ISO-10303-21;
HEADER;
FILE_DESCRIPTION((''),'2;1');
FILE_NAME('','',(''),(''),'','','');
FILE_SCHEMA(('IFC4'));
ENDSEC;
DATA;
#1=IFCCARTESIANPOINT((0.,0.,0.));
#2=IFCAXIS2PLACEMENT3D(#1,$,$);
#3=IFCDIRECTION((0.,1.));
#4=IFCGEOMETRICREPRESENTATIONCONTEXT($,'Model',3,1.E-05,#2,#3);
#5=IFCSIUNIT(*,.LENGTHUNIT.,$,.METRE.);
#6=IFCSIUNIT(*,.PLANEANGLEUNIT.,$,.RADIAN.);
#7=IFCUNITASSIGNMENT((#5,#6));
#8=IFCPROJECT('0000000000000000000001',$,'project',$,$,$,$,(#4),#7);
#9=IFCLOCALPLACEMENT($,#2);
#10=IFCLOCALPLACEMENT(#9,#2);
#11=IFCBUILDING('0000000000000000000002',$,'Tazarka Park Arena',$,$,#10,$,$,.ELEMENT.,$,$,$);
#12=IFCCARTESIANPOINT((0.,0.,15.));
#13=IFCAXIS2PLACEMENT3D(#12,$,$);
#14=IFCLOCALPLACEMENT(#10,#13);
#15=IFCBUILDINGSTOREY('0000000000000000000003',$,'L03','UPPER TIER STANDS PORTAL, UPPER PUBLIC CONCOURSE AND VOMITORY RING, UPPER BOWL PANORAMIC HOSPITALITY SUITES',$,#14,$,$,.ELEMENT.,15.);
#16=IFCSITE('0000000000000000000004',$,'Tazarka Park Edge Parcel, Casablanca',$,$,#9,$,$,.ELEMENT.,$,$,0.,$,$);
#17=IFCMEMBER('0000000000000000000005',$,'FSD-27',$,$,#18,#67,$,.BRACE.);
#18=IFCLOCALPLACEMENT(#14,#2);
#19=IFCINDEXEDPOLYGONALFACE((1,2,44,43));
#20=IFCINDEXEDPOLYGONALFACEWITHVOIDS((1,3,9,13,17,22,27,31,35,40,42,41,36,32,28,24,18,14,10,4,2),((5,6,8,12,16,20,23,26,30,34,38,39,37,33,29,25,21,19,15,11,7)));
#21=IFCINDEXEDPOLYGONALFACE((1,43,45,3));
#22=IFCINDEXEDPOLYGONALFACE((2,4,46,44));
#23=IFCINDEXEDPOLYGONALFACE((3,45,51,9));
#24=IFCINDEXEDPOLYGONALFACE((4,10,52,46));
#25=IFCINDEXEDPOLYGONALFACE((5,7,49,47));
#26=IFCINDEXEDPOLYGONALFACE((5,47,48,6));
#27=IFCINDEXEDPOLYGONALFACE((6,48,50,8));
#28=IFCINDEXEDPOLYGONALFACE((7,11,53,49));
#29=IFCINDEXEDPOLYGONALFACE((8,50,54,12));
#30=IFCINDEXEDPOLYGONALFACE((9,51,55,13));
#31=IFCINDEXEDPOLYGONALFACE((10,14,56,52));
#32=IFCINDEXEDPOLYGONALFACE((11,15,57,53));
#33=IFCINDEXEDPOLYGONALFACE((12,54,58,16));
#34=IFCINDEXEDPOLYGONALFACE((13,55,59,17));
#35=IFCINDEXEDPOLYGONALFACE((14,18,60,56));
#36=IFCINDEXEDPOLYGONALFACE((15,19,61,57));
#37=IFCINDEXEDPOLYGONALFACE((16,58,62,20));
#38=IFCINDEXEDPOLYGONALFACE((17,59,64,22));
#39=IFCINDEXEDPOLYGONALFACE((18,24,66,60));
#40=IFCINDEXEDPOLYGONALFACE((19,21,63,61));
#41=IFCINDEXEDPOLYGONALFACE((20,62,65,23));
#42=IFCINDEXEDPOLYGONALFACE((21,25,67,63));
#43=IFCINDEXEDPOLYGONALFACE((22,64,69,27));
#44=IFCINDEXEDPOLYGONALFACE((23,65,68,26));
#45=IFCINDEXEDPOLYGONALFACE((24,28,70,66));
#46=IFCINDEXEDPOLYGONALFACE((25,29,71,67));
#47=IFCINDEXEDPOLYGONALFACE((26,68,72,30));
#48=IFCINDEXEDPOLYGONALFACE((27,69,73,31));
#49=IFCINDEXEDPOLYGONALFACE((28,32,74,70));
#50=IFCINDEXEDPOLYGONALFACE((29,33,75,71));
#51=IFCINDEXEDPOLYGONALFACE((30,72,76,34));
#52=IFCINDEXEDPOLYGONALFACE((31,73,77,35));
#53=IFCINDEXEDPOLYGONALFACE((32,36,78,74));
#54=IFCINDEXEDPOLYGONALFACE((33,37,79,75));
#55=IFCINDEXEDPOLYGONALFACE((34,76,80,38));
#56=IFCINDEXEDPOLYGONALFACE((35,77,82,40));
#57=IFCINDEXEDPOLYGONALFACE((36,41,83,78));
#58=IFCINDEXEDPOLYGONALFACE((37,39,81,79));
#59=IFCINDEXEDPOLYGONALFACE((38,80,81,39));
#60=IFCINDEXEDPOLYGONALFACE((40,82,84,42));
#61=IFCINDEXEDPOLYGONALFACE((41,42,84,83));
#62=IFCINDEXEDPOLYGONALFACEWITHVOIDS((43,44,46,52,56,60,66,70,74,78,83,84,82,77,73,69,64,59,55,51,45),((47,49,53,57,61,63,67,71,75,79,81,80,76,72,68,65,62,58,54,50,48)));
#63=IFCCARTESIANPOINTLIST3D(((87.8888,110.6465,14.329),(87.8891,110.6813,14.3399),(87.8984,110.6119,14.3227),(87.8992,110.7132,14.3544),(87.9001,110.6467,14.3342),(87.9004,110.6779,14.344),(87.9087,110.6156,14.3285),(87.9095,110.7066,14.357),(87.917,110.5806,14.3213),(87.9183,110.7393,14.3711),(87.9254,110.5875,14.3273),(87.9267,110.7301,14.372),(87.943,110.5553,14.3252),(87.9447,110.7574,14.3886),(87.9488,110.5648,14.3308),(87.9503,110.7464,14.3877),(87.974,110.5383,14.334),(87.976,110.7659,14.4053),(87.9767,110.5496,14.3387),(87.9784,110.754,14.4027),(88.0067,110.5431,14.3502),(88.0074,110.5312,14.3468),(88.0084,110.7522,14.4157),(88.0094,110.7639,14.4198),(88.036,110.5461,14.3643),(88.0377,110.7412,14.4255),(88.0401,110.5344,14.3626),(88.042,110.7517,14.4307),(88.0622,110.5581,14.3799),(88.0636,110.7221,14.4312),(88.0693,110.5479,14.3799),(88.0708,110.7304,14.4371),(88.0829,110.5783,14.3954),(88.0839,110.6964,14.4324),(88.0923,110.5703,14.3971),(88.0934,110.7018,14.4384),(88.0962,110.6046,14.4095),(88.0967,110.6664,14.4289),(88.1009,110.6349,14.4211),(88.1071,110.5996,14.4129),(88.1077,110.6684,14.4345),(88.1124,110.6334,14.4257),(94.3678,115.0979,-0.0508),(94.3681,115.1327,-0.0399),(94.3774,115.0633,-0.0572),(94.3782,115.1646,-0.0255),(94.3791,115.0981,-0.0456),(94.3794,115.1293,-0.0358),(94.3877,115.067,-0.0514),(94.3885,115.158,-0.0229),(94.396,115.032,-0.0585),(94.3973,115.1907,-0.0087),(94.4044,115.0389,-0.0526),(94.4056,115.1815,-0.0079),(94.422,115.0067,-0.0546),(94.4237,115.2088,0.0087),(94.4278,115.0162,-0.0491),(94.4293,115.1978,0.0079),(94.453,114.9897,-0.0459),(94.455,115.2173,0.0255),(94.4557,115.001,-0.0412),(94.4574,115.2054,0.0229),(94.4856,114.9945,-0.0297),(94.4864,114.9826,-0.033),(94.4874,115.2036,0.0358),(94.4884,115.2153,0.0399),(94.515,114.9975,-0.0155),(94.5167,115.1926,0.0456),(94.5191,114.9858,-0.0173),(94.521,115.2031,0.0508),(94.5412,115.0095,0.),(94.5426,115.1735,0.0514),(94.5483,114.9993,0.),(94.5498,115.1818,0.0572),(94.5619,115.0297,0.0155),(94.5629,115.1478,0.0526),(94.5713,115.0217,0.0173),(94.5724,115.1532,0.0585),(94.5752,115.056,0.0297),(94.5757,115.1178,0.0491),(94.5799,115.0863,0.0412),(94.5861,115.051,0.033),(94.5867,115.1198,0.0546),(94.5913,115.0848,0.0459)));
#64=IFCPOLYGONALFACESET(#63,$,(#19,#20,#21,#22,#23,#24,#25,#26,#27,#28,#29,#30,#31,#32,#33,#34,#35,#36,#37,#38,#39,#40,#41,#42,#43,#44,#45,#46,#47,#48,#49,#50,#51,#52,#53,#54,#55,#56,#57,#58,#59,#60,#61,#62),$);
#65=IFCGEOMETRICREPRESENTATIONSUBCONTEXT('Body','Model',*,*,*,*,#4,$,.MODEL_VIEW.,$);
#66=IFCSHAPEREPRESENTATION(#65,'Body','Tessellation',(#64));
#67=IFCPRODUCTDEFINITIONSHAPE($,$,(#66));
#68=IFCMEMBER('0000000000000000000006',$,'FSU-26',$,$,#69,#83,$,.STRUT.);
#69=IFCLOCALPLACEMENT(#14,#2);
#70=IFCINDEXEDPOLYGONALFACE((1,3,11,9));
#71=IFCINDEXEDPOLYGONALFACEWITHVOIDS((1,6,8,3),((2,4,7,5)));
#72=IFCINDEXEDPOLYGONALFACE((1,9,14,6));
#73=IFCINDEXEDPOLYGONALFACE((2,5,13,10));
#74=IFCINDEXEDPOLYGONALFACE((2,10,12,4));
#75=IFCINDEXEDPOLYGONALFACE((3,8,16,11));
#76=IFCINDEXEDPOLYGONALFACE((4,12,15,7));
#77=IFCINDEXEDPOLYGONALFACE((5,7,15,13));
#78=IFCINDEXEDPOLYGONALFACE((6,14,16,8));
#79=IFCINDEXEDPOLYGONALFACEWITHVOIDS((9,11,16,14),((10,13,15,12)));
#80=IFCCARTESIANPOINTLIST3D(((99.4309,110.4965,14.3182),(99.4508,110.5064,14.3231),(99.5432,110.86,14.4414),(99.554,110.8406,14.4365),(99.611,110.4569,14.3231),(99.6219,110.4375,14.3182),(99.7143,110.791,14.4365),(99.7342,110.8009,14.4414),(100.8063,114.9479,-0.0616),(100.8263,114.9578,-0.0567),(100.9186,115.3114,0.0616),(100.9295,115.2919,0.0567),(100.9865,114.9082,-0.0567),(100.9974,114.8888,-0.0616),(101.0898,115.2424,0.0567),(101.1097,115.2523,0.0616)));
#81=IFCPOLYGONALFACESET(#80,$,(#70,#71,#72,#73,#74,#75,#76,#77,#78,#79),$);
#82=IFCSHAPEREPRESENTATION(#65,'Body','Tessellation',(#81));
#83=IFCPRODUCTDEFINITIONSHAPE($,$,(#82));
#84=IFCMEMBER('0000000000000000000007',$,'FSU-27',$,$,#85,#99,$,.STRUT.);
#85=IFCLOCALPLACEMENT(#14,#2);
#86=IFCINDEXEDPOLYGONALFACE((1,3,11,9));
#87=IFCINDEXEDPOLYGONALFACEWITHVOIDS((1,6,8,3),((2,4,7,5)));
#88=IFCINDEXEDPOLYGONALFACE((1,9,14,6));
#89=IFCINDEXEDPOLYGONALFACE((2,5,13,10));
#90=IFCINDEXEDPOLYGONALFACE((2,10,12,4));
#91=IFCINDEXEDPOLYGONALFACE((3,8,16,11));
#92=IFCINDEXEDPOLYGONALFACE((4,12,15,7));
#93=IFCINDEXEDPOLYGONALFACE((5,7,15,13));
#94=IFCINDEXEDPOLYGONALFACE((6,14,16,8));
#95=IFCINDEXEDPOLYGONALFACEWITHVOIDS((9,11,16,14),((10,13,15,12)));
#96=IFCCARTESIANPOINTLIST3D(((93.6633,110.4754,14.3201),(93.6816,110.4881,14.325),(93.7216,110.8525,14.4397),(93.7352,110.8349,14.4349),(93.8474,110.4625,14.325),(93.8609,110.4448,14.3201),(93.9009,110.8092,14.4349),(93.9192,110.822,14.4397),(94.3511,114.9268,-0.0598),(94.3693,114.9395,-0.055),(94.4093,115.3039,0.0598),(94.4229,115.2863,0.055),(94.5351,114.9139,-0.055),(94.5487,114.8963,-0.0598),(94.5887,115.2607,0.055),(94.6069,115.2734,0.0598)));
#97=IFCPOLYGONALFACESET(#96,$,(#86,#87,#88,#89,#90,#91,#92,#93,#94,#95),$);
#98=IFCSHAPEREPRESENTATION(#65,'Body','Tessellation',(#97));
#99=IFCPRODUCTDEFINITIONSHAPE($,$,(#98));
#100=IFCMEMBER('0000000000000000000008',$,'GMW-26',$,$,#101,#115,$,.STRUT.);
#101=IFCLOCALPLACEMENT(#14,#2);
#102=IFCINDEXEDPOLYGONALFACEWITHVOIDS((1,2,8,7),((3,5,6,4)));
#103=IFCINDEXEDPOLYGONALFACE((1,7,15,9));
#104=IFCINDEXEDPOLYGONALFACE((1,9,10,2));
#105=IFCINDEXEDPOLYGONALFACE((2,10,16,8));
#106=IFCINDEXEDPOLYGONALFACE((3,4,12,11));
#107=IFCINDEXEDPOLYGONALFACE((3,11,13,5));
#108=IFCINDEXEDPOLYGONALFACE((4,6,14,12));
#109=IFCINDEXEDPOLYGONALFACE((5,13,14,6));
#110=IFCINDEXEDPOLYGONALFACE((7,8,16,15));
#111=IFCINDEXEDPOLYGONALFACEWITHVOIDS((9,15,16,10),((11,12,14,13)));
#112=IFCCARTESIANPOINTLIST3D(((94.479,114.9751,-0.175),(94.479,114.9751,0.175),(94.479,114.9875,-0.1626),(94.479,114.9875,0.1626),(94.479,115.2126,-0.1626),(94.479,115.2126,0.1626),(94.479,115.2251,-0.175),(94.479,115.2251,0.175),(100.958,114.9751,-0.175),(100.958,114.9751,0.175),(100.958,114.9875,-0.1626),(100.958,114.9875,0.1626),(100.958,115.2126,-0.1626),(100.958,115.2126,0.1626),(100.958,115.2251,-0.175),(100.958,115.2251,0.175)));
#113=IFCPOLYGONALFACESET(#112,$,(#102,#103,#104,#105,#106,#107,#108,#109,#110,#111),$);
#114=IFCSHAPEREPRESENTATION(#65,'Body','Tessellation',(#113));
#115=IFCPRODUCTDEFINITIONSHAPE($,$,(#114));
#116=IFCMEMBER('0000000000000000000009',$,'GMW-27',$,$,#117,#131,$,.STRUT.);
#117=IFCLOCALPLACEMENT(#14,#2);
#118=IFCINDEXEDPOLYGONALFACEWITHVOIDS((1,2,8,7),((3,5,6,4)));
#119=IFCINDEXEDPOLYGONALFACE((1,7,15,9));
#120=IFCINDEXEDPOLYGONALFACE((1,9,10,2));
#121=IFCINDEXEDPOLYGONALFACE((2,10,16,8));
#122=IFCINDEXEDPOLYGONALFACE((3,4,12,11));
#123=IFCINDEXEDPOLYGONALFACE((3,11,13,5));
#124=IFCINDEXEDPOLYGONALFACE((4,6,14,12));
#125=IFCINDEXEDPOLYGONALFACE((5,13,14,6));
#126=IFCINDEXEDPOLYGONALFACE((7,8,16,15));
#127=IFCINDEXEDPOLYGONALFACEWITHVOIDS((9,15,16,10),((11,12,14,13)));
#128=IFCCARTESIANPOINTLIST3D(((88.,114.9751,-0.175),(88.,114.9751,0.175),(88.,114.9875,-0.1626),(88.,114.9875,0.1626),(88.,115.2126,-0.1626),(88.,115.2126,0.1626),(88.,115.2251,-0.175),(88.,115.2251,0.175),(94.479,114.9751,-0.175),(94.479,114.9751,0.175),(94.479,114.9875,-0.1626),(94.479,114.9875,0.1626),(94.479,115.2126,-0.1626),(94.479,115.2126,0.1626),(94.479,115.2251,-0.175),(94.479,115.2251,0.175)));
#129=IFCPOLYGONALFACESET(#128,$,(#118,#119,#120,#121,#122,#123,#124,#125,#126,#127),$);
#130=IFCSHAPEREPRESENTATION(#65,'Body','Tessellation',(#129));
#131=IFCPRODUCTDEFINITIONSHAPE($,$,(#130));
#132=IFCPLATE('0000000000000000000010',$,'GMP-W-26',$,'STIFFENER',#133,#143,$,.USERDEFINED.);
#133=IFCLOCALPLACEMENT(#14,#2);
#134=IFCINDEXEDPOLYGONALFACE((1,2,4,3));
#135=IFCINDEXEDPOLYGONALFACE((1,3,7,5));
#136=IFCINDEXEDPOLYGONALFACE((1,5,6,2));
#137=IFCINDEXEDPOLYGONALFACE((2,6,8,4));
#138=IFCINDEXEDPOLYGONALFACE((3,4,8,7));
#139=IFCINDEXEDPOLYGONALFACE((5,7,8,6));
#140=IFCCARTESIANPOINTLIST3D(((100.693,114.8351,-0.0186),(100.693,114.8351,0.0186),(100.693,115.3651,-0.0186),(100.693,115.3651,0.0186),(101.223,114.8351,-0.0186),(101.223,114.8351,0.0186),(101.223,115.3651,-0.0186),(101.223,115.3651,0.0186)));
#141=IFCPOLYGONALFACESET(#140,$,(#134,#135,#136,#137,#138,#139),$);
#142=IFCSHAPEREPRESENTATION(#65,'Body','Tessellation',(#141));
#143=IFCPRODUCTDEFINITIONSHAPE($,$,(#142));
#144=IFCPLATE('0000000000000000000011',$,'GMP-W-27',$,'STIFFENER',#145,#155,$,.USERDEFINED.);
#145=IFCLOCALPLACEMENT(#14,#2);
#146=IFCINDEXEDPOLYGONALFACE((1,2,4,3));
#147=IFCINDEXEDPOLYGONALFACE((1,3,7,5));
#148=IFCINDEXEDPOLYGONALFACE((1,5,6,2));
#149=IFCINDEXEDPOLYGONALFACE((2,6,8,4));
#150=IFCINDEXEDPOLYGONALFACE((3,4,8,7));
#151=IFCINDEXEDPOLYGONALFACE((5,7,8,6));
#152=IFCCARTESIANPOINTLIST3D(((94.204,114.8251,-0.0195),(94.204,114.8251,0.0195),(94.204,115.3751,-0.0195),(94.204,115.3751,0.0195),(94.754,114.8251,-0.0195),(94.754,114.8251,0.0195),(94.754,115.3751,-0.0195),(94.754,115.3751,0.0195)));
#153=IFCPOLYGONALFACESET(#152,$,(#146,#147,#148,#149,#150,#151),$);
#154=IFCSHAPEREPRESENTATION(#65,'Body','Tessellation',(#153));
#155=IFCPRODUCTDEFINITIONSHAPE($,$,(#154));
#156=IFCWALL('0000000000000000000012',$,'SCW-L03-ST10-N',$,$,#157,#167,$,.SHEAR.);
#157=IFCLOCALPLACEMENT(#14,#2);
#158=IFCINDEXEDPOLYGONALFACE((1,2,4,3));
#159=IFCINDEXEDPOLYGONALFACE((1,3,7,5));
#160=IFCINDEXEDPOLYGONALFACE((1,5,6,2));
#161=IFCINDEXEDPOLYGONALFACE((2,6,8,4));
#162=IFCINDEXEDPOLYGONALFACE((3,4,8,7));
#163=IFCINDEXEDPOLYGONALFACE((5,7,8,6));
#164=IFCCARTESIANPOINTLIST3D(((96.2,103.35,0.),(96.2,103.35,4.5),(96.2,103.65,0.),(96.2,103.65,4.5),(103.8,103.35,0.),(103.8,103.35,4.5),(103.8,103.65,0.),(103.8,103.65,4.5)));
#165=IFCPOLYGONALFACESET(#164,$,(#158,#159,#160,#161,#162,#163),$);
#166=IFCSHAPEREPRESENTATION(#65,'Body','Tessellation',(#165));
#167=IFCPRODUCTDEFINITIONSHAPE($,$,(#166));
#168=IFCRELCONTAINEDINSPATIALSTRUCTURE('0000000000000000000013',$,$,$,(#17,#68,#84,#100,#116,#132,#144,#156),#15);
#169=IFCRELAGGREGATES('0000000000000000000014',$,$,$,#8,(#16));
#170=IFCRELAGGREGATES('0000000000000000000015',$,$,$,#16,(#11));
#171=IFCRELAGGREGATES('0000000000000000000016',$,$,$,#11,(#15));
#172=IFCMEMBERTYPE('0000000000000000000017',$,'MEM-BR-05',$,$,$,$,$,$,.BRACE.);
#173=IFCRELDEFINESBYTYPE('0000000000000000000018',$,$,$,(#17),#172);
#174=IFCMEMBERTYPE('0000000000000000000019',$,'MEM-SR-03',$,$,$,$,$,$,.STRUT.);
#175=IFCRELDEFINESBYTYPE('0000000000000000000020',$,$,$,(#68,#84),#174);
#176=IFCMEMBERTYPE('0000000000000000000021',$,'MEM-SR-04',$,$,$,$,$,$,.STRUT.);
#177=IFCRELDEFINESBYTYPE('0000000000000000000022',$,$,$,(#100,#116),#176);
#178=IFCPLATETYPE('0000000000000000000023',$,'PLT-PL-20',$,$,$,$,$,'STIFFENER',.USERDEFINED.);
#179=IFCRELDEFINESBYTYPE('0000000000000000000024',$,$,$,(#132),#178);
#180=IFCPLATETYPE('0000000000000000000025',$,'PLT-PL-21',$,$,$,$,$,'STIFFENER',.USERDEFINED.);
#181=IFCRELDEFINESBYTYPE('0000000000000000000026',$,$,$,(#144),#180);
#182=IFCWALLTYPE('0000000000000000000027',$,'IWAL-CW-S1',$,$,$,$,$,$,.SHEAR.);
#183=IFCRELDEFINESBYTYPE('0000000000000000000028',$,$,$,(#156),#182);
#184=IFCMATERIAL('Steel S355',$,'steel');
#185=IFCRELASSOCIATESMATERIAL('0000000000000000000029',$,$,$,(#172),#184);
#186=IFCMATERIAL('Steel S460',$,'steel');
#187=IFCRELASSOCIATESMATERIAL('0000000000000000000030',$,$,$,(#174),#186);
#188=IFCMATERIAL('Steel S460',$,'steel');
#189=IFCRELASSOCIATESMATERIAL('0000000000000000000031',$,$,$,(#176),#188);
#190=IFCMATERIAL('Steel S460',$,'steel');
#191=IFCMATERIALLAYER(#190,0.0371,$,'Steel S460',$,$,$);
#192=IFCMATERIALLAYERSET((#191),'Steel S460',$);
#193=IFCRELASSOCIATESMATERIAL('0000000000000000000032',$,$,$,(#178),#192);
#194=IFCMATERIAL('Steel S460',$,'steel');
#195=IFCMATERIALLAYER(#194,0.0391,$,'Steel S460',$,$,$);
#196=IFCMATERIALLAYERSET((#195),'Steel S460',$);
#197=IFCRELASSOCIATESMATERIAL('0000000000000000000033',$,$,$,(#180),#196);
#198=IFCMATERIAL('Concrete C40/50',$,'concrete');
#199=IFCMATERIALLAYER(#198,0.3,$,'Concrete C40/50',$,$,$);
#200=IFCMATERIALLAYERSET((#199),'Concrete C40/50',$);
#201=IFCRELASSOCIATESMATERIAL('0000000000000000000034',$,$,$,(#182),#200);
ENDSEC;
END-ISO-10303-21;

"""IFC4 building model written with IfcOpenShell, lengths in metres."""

from ifc_helpers import new_model, si_unit, direction, frame, frame_2d, origin, origin_2d, place, context, subcontext, project, spatial, rectangle, hollow_rectangle, hollow_circle, extrude, material, layer, layer_set, material_profile, profile_set, type_object, element, save


model = new_model("IFC4")

# Units and contexts
model_context = context("Model", 3, precision=1e-05, world=origin(), true_north=direction((0.0, 1.0)))
body_context = subcontext(model_context, "Body", "Model", "MODEL_VIEW")
ifc_project = project(units=[si_unit("LENGTHUNIT", "METRE"), si_unit("PLANEANGLEUNIT", "RADIAN")], contexts=[model_context])

# Site, building, storey
site_placement = place(None, origin())
site = spatial("IfcSite", under=ifc_project, at=site_placement, Name="Tazarka Park Edge Parcel, Casablanca", CompositionType="ELEMENT", RefElevation=0.0)
building_placement = place(site_placement, origin())
building = spatial("IfcBuilding", under=site, at=building_placement, Name="Tazarka Park Arena", CompositionType="ELEMENT")
storey_placement = place(building_placement, frame((0.0, 0.0, 15.0)))
storey = spatial("IfcBuildingStorey", under=building, at=storey_placement, Name="L03", Description="UPPER TIER STANDS PORTAL, UPPER PUBLIC CONCOURSE AND VOMITORY RING, UPPER BOWL PANORAMIC HOSPITALITY SUITES", CompositionType="ELEMENT", Elevation=15.0)

# Members
ifc_material_1 = material(Name="Steel S355", Category="steel")
ifc_material_profile_1 = material_profile(ifc_material_1, hollow_circle(Radius=0.1223, WallThickness=0.0125, at=origin_2d()), Name="Steel S355")
ifc_profile_set_1 = profile_set([ifc_material_profile_1], Name="Steel S355")
member_type_1 = type_object("IfcMemberType", Name="MEM-BR-05", PredefinedType="BRACE", material=ifc_profile_set_1)
member_1_placement = place(storey_placement, frame((94.479, 115.1001, 0.0), z_axis=(-0.395345, -0.271623, 0.877453), x_axis=(0.566278, -0.824214, 0.0)))
element("IfcMember", 1, at=member_1_placement, inside=storey, type_object=member_type_1, Name="FSD-27", PredefinedType="BRACE", context=body_context, shape_type="SweptSolid", body=[
    extrude(hollow_circle(Radius=0.1223, WallThickness=0.0125, at=origin_2d()), origin(), (0.0, 0.0, 1.0), 16.3882),
])
ifc_material_2 = material(Name="Steel S460", Category="steel")
ifc_material_profile_2 = material_profile(ifc_material_2, hollow_rectangle(XDim=0.2, YDim=0.3999, WallThickness=0.0161, at=origin_2d()), Name="Steel S460")
ifc_profile_set_2 = profile_set([ifc_material_profile_2], Name="Steel S460")
member_type_2 = type_object("IfcMemberType", Name="MEM-SR-03", PredefinedType="STRUT", material=ifc_profile_set_2)
member_2_placement = place(storey_placement, frame((100.958, 115.1001, 0.0), z_axis=(-0.090997, -0.294487, 0.951313), x_axis=(0.955427, -0.295227, 0.0)))
element("IfcMember", 2, at=member_2_placement, inside=storey, type_object=member_type_2, Name="FSU-26", PredefinedType="STRUT", context=body_context, shape_type="SweptSolid", body=[
    extrude(hollow_rectangle(XDim=0.2, YDim=0.3999, WallThickness=0.0161, at=origin_2d()), origin(), (0.0, 0.0, 1.0), 15.1157),
])
member_3_placement = place(storey_placement, frame((94.479, 115.1001, 0.0), z_axis=(-0.04564, -0.295406, 0.954281), x_axis=(0.988274, -0.152688, 0.0)))
element("IfcMember", 3, at=member_3_placement, inside=storey, type_object=member_type_2, Name="FSU-27", PredefinedType="STRUT", context=body_context, shape_type="SweptSolid", body=[
    extrude(hollow_rectangle(XDim=0.2, YDim=0.3999, WallThickness=0.0161, at=origin_2d()), origin(), (0.0, 0.0, 1.0), 15.0688),
])
ifc_material_3 = material(Name="Steel S460", Category="steel")
ifc_material_profile_3 = material_profile(ifc_material_3, hollow_rectangle(XDim=0.25, YDim=0.3501, WallThickness=0.0125, at=origin_2d()), Name="Steel S460")
ifc_profile_set_3 = profile_set([ifc_material_profile_3], Name="Steel S460")
member_type_3 = type_object("IfcMemberType", Name="MEM-SR-04", PredefinedType="STRUT", material=ifc_profile_set_3)
for number, where, z_axis, x_axis, name in (
    (4, (100.958, 115.1001, 0.0), (-1.0, 0.0, 0.0), (0.0, -1.0, 0.0), "GMW-26"),
    (5, (94.479, 115.1001, 0.0), (-1.0, 0.0, 0.0), (0.0, -1.0, 0.0), "GMW-27"),
):
    element("IfcMember", number, at=place(storey_placement, frame(where, z_axis=z_axis, x_axis=x_axis)), inside=storey, type_object=member_type_3, Name=name, PredefinedType="STRUT", context=body_context, shape_type="SweptSolid", body=[
        extrude(hollow_rectangle(XDim=0.25, YDim=0.3501, WallThickness=0.0125, at=origin_2d()), origin(), (0.0, 0.0, 1.0), 6.479),
    ])

# Plates
ifc_material_4 = material(Name="Steel S460", Category="steel")
ifc_layer_1 = layer(ifc_material_4, 0.0371, Name="Steel S460")
ifc_layer_set_1 = layer_set([ifc_layer_1], Name="Steel S460")
plate_type_1 = type_object("IfcPlateType", Name="PLT-PL-20", ElementType="STIFFENER", PredefinedType="USERDEFINED", material=ifc_layer_set_1)
plate_1_placement = place(storey_placement, frame((100.958, 115.1001, -0.0186), z_axis=(0.0, 0.0, 1.0), x_axis=(1.0, 0.0, 0.0)))
element("IfcPlate", 6, at=plate_1_placement, inside=storey, type_object=plate_type_1, Name="GMP-W-26", ObjectType="STIFFENER", PredefinedType="USERDEFINED", context=body_context, shape_type="SweptSolid", body=[
    extrude(rectangle(XDim=0.53, YDim=0.53, at=origin_2d()), origin(), (0.0, 0.0, 1.0), 0.0371),
])
ifc_material_5 = material(Name="Steel S460", Category="steel")
ifc_layer_2 = layer(ifc_material_5, 0.0391, Name="Steel S460")
ifc_layer_set_2 = layer_set([ifc_layer_2], Name="Steel S460")
plate_type_2 = type_object("IfcPlateType", Name="PLT-PL-21", ElementType="STIFFENER", PredefinedType="USERDEFINED", material=ifc_layer_set_2)
plate_2_placement = place(storey_placement, frame((94.479, 115.1001, -0.0195), z_axis=(0.0, 0.0, 1.0), x_axis=(1.0, 0.0, 0.0)))
element("IfcPlate", 7, at=plate_2_placement, inside=storey, type_object=plate_type_2, Name="GMP-W-27", ObjectType="STIFFENER", PredefinedType="USERDEFINED", context=body_context, shape_type="SweptSolid", body=[
    extrude(rectangle(XDim=0.55, YDim=0.55, at=origin_2d()), origin(), (0.0, 0.0, 1.0), 0.0391),
])

# Wall
ifc_material_6 = material(Name="Concrete C40/50", Category="concrete")
ifc_layer_3 = layer(ifc_material_6, 0.3, Name="Concrete C40/50")
ifc_layer_set_3 = layer_set([ifc_layer_3], Name="Concrete C40/50")
wall_type_1 = type_object("IfcWallType", Name="IWAL-CW-S1", PredefinedType="SHEAR", material=ifc_layer_set_3)
wall_1_placement = place(storey_placement, frame((96.2, 103.5, 0.0), z_axis=(0.0, 0.0, 1.0), x_axis=(1.0, 0.0, 0.0)))
element("IfcWall", 8, at=wall_1_placement, inside=storey, type_object=wall_type_1, Name="SCW-L03-ST10-N", PredefinedType="SHEAR", context=body_context, shape_type="SweptSolid", body=[
    extrude(rectangle(XDim=7.6001, YDim=0.3, at=frame_2d((3.8, 0.0))), origin(), (0.0, 0.0, 1.0), 4.5),
])

save(model, "model.ifc")
